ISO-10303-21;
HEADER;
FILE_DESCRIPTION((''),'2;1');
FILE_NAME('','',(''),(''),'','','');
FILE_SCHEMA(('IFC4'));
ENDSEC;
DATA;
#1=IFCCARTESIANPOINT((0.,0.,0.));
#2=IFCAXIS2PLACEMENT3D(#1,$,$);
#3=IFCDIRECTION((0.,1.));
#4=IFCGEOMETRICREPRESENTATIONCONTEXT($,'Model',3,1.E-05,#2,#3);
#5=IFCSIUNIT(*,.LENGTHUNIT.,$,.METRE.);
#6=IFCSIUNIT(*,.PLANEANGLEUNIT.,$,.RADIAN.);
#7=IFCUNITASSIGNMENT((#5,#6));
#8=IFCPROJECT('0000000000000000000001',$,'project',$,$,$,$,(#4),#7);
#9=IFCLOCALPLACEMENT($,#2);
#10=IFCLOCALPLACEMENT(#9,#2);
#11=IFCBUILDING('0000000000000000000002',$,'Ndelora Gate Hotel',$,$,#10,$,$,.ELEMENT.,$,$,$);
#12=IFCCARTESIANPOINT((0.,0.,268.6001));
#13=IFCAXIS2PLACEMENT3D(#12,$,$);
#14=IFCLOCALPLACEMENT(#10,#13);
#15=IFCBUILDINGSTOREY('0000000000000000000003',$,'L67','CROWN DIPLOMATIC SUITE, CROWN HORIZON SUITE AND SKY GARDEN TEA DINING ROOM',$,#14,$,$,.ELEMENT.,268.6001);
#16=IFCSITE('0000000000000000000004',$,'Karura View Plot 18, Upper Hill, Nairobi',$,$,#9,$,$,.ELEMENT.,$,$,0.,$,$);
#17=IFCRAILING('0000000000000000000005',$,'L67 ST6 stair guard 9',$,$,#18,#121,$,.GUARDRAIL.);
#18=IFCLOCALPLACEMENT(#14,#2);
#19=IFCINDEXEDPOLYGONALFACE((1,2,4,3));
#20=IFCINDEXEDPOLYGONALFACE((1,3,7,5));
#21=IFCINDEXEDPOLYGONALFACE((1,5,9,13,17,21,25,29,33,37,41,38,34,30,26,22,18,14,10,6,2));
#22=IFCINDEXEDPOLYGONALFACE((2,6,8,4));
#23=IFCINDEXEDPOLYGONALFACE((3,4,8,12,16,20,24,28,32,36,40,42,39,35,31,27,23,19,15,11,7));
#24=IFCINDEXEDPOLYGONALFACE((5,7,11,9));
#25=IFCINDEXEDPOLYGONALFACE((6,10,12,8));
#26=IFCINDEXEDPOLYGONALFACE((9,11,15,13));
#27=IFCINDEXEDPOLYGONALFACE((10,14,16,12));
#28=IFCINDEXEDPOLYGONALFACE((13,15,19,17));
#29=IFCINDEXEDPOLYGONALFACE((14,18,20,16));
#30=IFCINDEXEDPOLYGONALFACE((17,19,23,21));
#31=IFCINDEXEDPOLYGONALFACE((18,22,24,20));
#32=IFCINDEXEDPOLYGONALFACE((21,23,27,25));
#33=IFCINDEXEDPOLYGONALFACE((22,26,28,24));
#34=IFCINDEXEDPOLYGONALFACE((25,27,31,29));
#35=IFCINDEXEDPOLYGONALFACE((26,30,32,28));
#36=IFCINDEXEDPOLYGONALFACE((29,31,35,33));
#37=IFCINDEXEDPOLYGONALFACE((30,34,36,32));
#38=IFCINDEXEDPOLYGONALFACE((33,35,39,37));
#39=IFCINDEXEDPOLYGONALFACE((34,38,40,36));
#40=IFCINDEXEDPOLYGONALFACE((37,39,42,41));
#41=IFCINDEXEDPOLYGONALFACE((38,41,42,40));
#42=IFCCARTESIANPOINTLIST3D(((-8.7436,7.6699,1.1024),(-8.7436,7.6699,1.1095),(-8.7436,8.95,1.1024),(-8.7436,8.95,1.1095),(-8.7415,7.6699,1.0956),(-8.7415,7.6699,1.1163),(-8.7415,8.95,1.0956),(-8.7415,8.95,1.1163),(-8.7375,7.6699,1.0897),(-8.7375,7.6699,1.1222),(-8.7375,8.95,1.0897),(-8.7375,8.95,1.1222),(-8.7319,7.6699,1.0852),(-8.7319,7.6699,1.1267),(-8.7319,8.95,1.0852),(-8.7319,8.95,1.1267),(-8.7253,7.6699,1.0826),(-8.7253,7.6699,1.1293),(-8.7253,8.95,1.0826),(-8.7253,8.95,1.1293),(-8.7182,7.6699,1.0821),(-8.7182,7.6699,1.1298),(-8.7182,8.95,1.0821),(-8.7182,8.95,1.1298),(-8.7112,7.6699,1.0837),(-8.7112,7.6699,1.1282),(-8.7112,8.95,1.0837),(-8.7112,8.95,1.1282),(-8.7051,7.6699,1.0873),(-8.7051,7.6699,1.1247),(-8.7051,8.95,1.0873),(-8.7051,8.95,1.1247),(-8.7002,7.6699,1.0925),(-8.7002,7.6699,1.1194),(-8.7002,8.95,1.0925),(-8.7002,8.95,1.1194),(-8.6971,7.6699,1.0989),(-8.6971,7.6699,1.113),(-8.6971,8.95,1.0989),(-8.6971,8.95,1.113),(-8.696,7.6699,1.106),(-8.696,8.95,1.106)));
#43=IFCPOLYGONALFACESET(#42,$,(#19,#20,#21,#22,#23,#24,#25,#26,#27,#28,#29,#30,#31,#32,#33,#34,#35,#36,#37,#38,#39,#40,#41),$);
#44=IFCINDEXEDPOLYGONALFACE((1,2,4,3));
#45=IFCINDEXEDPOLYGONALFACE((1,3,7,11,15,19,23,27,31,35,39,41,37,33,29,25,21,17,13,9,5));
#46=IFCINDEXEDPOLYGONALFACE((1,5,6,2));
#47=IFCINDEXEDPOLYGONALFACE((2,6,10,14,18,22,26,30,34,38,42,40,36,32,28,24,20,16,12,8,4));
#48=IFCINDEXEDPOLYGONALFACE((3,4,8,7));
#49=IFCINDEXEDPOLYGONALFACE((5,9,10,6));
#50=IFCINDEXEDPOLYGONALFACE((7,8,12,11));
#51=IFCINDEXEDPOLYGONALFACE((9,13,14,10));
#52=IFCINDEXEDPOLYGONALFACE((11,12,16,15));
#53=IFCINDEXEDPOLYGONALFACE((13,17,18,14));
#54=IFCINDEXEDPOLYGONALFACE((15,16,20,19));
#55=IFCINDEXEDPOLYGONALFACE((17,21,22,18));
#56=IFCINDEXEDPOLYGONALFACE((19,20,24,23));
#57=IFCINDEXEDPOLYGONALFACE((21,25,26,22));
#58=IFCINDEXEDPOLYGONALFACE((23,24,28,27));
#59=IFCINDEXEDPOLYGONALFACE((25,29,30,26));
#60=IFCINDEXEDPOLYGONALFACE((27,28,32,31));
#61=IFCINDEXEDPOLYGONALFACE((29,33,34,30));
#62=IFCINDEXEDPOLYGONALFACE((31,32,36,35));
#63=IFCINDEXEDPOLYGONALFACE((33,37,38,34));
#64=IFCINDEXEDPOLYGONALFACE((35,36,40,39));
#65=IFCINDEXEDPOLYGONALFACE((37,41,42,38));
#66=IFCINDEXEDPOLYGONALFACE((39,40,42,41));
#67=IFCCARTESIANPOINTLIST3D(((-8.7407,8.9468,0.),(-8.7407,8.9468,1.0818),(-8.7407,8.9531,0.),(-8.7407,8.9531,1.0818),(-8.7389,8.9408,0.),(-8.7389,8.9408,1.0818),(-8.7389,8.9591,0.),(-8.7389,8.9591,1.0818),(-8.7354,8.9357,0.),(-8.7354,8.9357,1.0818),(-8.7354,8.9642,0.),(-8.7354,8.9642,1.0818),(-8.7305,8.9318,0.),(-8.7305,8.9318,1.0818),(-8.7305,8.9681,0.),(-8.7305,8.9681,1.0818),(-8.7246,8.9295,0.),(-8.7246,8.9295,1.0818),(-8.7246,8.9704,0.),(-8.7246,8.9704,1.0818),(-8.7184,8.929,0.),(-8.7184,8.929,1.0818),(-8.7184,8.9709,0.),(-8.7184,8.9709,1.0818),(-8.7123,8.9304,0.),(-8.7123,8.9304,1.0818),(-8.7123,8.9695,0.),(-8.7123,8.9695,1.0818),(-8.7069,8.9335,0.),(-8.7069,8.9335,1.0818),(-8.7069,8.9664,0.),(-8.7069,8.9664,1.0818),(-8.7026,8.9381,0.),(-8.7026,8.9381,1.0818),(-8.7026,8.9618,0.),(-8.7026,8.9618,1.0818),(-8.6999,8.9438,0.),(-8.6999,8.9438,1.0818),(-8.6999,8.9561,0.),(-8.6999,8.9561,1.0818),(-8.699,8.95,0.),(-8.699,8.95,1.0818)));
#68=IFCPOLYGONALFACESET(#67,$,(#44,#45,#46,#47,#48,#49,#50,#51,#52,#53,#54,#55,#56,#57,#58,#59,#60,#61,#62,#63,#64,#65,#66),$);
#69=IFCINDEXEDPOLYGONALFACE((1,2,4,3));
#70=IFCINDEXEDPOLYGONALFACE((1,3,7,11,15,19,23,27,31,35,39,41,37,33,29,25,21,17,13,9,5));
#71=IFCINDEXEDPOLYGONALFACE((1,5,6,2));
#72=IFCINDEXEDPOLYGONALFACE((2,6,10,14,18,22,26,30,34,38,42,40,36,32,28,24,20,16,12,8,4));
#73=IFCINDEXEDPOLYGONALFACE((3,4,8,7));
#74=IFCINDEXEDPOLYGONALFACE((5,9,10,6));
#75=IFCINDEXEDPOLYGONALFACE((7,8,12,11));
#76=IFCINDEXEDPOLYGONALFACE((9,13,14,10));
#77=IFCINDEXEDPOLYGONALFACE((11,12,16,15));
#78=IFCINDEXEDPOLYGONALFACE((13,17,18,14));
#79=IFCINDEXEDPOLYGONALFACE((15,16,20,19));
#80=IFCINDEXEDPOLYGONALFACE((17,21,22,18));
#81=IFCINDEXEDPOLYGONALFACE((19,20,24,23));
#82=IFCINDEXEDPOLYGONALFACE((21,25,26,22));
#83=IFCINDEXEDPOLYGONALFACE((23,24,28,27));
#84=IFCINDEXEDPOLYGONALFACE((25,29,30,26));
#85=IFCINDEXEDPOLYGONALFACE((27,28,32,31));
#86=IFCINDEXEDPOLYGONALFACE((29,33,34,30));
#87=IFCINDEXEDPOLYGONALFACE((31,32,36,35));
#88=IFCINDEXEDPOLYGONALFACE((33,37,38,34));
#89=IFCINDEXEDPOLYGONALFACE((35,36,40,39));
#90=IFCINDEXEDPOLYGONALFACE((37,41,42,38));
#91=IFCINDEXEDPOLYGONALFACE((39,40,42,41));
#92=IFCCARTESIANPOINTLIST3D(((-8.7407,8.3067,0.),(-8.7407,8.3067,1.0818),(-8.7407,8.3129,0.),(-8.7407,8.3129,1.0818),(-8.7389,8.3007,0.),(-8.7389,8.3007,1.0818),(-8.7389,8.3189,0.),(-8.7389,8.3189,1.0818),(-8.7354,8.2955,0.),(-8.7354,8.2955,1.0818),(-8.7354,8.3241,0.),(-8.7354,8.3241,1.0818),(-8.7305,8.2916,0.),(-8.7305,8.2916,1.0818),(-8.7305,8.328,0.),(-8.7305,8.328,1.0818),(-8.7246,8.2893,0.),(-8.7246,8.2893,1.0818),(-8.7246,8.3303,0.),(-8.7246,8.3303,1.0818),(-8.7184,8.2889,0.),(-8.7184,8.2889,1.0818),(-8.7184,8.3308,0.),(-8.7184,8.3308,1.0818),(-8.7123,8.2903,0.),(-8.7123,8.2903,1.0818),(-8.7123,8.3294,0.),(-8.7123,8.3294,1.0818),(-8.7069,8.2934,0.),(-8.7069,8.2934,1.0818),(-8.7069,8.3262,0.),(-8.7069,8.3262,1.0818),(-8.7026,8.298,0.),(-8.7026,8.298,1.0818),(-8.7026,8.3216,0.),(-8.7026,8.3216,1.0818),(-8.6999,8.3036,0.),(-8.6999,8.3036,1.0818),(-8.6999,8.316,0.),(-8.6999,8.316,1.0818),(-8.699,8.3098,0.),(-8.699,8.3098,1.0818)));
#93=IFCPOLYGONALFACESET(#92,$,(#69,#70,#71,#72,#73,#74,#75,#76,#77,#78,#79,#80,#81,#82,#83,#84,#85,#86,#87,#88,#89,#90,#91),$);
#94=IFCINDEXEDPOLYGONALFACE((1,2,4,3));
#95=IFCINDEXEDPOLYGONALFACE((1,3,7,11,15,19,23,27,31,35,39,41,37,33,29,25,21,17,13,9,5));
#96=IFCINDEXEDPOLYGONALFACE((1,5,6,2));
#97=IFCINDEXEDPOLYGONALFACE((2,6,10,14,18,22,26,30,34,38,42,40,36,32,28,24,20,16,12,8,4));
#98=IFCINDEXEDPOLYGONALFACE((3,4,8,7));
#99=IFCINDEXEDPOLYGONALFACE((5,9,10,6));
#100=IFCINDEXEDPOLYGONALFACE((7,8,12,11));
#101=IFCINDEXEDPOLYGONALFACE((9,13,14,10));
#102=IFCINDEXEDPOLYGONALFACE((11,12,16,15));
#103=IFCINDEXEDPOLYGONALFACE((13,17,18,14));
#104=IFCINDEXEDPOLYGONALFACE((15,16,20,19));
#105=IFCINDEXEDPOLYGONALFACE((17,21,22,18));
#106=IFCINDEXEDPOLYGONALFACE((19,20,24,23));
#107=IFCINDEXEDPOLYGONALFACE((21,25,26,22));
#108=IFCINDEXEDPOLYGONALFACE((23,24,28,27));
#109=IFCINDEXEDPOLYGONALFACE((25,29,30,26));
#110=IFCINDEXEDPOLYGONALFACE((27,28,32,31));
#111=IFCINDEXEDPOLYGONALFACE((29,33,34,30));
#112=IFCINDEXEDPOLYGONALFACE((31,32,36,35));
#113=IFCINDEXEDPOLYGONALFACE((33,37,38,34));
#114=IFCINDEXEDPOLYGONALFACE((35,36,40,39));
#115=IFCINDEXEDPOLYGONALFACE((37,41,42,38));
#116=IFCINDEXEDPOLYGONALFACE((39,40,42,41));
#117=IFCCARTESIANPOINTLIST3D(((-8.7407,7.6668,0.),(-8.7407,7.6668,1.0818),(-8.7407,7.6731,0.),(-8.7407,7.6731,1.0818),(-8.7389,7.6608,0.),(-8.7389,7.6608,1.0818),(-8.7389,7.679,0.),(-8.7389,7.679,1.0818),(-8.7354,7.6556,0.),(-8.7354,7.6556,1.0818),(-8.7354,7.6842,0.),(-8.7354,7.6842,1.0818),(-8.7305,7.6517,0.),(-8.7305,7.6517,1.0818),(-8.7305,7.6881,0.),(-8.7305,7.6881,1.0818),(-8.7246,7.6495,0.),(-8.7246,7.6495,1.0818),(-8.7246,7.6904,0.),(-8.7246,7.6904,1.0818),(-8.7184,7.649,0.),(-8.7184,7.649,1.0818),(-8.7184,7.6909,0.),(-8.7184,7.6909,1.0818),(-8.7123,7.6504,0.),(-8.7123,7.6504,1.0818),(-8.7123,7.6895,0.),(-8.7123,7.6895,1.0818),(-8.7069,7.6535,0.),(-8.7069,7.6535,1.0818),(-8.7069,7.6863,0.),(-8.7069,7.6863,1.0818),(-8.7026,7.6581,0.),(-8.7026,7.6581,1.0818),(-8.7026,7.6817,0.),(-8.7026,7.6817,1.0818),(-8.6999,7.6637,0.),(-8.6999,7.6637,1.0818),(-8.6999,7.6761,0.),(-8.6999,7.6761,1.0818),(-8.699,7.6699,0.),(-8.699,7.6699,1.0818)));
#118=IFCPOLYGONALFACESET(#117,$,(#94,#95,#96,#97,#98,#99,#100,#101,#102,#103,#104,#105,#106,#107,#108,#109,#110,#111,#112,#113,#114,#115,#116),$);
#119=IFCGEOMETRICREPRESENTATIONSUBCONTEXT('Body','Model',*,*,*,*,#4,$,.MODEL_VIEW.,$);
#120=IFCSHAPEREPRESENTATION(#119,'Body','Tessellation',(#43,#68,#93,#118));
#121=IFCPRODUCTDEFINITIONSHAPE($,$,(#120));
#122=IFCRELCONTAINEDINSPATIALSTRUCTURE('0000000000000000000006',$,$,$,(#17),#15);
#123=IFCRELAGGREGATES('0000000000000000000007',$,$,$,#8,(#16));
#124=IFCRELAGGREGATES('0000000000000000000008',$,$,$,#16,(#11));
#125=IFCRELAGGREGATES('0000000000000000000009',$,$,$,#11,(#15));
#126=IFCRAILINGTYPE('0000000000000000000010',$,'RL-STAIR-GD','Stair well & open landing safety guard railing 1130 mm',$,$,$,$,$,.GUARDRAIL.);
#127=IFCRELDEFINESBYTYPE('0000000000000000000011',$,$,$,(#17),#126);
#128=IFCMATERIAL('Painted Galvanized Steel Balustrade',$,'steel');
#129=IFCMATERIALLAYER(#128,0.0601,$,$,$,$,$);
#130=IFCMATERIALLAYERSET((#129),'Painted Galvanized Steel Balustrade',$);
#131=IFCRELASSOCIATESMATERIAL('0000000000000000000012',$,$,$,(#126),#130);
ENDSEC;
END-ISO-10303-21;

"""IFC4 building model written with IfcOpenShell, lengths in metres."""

from ifc_helpers import new_model, si_unit, direction, frame, origin, origin_2d, place, context, subcontext, project, spatial, circle, extrude, material, layer, layer_set, type_object, element, save


model = new_model("IFC4")

# Units and contexts
model_context = context("Model", 3, precision=1e-05, world=origin(), true_north=direction((0.0, 1.0)))
body_context = subcontext(model_context, "Body", "Model", "MODEL_VIEW")
ifc_project = project(units=[si_unit("LENGTHUNIT", "METRE"), si_unit("PLANEANGLEUNIT", "RADIAN")], contexts=[model_context])

# Site, building, storey
site_placement = place(None, origin())
site = spatial("IfcSite", under=ifc_project, at=site_placement, Name="Karura View Plot 18, Upper Hill, Nairobi", CompositionType="ELEMENT", RefElevation=0.0)
building_placement = place(site_placement, origin())
building = spatial("IfcBuilding", under=site, at=building_placement, Name="Ndelora Gate Hotel", CompositionType="ELEMENT")
storey_placement = place(building_placement, frame((0.0, 0.0, 268.6001)))
storey = spatial("IfcBuildingStorey", under=building, at=storey_placement, Name="L67", Description="CROWN DIPLOMATIC SUITE, CROWN HORIZON SUITE AND SKY GARDEN TEA DINING ROOM", CompositionType="ELEMENT", Elevation=268.6001)

# Railing
ifc_material_1 = material(Name="Painted Galvanized Steel Balustrade", Category="steel")
ifc_layer_1 = layer(ifc_material_1, 0.0601)
ifc_layer_set_1 = layer_set([ifc_layer_1], Name="Painted Galvanized Steel Balustrade")
railing_type_1 = type_object("IfcRailingType", Name="RL-STAIR-GD", Description="Stair well & open landing safety guard railing 1130 mm", PredefinedType="GUARDRAIL", material=ifc_layer_set_1)
railing_1_placement = place(storey_placement, frame((-8.72, 8.95, 0.0)))
element("IfcRailing", 1, at=railing_1_placement, inside=storey, type_object=railing_type_1, Name="L67 ST6 stair guard 9", PredefinedType="GUARDRAIL", context=body_context, shape_type="SweptSolid", body=[
    extrude(circle(Radius=0.0239, at=origin_2d()), frame((0.0, 0.0, 1.106), z_axis=(0.0, -1.0, 0.0), x_axis=(1.0, 0.0, 0.0)), (0.0, 0.0, 1.0), 1.28),
    extrude(circle(Radius=0.021, at=origin_2d()), origin(), (0.0, 0.0, 1.0), 1.0818),
    extrude(circle(Radius=0.021, at=origin_2d()), frame((0.0, -0.6401, 0.0)), (0.0, 0.0, 1.0), 1.0818),
    extrude(circle(Radius=0.021, at=origin_2d()), frame((0.0, -1.28, 0.0)), (0.0, 0.0, 1.0), 1.0818),
])

save(model, "model.ifc")
